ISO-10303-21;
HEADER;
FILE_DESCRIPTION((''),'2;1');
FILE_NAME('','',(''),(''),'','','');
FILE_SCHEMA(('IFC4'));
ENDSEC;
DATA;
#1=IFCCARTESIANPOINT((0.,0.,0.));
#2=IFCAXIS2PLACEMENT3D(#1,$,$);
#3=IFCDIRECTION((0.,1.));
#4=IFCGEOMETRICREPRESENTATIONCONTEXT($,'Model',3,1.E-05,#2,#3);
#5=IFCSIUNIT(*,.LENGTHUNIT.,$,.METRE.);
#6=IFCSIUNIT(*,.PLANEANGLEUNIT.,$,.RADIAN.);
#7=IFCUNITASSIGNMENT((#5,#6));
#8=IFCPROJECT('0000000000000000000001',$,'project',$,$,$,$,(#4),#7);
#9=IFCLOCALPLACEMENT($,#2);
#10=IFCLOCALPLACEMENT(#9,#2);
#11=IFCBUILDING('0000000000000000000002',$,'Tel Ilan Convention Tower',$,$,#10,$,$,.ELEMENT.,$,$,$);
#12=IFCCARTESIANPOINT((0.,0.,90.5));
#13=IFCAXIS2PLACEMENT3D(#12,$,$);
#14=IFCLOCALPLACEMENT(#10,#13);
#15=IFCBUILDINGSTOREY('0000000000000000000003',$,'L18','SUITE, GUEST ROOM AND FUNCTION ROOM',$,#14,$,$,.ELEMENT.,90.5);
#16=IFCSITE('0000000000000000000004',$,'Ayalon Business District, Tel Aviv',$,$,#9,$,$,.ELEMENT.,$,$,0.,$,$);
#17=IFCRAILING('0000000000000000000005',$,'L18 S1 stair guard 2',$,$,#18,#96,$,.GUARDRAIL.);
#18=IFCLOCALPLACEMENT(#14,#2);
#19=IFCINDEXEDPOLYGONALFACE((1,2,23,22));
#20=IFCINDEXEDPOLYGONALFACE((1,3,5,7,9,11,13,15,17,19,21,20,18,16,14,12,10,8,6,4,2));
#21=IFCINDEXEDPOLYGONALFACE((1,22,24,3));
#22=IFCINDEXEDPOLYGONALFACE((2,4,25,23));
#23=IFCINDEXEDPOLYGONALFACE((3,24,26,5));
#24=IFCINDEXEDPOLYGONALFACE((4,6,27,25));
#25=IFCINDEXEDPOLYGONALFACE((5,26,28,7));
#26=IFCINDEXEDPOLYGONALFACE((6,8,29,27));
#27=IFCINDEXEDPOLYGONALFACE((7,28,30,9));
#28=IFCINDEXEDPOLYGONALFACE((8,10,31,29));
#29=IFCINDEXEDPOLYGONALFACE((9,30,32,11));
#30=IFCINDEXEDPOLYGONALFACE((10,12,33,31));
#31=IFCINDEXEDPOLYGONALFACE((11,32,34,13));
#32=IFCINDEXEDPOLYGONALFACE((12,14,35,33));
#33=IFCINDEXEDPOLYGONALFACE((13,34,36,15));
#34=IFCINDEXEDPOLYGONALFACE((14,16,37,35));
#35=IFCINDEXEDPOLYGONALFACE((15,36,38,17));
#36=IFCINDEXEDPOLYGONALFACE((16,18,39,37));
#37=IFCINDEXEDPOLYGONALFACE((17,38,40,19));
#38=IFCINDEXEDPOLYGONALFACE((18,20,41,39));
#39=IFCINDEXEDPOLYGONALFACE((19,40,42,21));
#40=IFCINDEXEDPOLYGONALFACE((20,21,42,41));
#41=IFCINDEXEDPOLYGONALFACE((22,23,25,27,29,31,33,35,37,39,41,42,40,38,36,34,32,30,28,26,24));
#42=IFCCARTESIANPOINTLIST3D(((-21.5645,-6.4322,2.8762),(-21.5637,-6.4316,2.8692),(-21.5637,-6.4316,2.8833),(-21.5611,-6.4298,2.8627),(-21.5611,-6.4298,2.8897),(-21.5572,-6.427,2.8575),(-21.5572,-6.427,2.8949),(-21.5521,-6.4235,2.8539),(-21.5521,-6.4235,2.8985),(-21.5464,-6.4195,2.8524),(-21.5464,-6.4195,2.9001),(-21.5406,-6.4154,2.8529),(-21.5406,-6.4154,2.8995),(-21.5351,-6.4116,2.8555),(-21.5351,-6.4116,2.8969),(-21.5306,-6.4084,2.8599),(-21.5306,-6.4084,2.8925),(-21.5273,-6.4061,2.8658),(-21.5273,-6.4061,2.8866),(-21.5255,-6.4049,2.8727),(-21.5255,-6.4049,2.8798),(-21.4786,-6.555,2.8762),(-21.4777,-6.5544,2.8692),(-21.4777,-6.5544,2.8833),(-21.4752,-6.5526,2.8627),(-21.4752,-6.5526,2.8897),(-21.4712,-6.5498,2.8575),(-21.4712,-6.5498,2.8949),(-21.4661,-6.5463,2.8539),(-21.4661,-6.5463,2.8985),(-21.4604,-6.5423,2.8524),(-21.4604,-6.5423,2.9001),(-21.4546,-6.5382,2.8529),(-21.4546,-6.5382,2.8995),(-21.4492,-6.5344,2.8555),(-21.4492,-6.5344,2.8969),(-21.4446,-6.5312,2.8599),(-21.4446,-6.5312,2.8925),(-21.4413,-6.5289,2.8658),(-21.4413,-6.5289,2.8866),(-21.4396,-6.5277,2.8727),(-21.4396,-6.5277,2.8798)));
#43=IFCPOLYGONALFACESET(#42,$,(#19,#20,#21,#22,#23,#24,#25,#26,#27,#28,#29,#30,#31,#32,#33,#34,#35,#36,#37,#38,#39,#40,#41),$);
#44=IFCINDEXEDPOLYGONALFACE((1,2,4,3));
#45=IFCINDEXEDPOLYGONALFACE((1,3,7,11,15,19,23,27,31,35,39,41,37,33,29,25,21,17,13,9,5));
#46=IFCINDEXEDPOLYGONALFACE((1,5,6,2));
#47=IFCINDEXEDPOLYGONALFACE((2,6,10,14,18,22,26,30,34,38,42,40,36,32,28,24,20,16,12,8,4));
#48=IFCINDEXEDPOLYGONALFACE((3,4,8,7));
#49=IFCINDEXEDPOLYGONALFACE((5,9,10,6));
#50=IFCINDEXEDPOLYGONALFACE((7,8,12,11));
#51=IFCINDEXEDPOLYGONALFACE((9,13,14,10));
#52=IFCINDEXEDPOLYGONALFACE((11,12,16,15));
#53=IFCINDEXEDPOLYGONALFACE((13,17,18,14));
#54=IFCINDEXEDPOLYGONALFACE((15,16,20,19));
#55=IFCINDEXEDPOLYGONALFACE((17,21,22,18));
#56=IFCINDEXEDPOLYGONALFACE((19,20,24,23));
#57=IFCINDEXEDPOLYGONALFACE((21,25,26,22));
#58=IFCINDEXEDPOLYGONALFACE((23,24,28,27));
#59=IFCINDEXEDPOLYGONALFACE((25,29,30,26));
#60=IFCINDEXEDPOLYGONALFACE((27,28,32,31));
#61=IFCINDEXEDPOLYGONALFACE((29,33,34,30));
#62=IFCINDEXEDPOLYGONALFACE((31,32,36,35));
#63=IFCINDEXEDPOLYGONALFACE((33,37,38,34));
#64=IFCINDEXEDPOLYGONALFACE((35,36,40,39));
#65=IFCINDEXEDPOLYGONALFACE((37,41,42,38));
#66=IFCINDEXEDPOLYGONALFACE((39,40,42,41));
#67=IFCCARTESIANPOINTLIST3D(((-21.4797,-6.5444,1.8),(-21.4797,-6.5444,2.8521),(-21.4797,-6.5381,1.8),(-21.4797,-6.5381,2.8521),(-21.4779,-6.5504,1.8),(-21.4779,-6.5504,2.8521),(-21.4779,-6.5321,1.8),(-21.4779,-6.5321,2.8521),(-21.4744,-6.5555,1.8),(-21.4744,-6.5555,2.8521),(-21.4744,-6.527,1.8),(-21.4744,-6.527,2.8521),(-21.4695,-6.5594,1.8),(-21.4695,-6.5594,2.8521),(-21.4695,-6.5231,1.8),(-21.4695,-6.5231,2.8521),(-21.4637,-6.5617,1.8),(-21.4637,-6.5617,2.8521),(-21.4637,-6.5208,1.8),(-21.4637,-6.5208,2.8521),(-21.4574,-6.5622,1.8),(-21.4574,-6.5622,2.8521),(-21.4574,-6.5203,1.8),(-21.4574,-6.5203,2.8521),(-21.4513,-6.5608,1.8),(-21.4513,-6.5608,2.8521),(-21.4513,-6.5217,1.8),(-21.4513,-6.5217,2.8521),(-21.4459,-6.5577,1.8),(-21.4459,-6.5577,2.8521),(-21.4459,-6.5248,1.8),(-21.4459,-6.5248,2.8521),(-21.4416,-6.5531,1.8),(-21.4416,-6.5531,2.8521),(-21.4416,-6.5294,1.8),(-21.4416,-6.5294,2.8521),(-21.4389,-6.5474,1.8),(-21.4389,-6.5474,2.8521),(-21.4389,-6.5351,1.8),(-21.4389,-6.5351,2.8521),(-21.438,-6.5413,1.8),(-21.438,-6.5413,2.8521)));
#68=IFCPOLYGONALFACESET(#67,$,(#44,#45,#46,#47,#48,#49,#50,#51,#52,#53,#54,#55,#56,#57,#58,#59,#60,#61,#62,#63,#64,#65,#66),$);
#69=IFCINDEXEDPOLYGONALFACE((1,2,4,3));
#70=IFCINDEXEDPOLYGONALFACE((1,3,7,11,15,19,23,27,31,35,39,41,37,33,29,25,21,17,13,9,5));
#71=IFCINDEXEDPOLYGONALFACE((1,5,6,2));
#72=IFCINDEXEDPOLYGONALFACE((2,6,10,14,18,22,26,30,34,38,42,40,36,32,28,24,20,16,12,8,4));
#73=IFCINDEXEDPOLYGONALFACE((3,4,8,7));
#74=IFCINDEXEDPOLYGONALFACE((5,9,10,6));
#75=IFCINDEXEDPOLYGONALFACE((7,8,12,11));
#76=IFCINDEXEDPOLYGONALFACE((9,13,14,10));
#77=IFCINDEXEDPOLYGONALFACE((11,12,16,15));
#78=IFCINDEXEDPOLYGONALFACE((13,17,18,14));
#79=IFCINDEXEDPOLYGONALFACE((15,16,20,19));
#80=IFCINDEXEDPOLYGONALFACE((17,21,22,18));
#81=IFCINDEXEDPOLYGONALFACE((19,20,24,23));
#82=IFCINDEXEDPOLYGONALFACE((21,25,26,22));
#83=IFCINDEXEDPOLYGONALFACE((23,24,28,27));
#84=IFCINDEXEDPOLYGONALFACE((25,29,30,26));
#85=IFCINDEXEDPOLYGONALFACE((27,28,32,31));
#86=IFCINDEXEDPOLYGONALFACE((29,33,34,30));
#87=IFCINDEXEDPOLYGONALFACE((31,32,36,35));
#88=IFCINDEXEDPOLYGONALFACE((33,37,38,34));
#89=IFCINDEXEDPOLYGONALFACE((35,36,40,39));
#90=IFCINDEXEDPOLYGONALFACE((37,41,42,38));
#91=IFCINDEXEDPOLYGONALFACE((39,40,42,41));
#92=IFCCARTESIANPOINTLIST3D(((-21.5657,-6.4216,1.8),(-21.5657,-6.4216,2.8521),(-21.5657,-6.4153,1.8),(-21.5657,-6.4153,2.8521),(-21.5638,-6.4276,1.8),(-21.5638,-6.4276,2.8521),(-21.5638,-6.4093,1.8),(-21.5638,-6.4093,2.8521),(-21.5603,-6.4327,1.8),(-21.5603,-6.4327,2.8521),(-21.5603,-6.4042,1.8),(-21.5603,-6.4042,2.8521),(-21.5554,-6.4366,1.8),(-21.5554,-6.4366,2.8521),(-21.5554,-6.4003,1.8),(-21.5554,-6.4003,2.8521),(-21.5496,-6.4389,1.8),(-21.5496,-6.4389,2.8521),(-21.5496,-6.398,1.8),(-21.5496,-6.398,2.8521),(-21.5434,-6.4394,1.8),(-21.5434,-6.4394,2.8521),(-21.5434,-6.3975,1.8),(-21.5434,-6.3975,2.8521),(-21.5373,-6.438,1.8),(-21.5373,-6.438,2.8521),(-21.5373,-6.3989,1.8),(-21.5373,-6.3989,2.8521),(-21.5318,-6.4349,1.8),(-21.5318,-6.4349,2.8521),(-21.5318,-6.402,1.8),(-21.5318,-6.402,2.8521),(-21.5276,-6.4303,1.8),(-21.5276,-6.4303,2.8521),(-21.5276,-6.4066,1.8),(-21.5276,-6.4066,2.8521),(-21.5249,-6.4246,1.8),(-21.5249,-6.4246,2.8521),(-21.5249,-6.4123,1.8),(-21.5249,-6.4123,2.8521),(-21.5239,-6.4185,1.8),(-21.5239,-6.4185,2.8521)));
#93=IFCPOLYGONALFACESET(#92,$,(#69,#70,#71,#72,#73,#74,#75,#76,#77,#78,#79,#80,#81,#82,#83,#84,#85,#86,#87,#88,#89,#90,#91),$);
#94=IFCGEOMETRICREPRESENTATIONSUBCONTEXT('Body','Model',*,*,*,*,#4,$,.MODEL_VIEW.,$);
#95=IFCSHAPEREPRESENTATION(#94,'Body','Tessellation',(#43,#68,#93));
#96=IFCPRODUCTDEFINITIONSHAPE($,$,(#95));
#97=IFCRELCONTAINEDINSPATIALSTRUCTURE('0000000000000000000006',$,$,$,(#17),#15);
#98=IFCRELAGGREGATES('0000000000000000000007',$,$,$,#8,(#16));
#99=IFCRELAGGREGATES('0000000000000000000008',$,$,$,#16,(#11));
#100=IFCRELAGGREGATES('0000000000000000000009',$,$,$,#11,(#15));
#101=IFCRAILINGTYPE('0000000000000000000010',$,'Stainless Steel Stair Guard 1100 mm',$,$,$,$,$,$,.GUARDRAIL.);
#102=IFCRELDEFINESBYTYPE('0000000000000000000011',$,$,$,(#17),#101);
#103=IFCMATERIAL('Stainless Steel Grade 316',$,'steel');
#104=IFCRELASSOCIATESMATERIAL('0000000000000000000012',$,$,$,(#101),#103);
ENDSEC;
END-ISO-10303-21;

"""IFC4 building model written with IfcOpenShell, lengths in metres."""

from ifc_helpers import new_model, si_unit, direction, frame, origin, origin_2d, place, context, subcontext, project, spatial, circle, extrude, material, type_object, element, save


model = new_model("IFC4")

# Units and contexts
model_context = context("Model", 3, precision=1e-05, world=origin(), true_north=direction((0.0, 1.0)))
body_context = subcontext(model_context, "Body", "Model", "MODEL_VIEW")
ifc_project = project(units=[si_unit("LENGTHUNIT", "METRE"), si_unit("PLANEANGLEUNIT", "RADIAN")], contexts=[model_context])

# Site, building, storey
site_placement = place(None, origin())
site = spatial("IfcSite", under=ifc_project, at=site_placement, Name="Ayalon Business District, Tel Aviv", CompositionType="ELEMENT", RefElevation=0.0)
building_placement = place(site_placement, origin())
building = spatial("IfcBuilding", under=site, at=building_placement, Name="Tel Ilan Convention Tower", CompositionType="ELEMENT")
storey_placement = place(building_placement, frame((0.0, 0.0, 90.5)))
storey = spatial("IfcBuildingStorey", under=building, at=storey_placement, Name="L18", Description="SUITE, GUEST ROOM AND FUNCTION ROOM", CompositionType="ELEMENT", Elevation=90.5)

# Railing
ifc_material_1 = material(Name="Stainless Steel Grade 316", Category="steel")
railing_type_1 = type_object("IfcRailingType", Name="Stainless Steel Stair Guard 1100 mm", PredefinedType="GUARDRAIL", material=ifc_material_1)
railing_1_placement = place(storey_placement, frame((-21.459, -6.5413, 1.8)))
element("IfcRailing", 1, at=railing_1_placement, inside=storey, type_object=railing_type_1, Name="L18 S1 stair guard 2", PredefinedType="GUARDRAIL", context=body_context, shape_type="SweptSolid", body=[
    extrude(circle(Radius=0.0239, at=origin_2d()), frame((0.0, 0.0, 1.0762), z_axis=(-0.573353, 0.819308, 0.0), x_axis=(-0.819308, -0.573353, 0.0)), (0.0, 0.0, 1.0), 0.1499),
    extrude(circle(Radius=0.021, at=origin_2d()), origin(), (0.0, 0.0, 1.0), 1.052),
    extrude(circle(Radius=0.021, at=origin_2d()), frame((-0.0859, 0.1228, 0.0)), (0.0, 0.0, 1.0), 1.052),
])

save(model, "model.ifc")
